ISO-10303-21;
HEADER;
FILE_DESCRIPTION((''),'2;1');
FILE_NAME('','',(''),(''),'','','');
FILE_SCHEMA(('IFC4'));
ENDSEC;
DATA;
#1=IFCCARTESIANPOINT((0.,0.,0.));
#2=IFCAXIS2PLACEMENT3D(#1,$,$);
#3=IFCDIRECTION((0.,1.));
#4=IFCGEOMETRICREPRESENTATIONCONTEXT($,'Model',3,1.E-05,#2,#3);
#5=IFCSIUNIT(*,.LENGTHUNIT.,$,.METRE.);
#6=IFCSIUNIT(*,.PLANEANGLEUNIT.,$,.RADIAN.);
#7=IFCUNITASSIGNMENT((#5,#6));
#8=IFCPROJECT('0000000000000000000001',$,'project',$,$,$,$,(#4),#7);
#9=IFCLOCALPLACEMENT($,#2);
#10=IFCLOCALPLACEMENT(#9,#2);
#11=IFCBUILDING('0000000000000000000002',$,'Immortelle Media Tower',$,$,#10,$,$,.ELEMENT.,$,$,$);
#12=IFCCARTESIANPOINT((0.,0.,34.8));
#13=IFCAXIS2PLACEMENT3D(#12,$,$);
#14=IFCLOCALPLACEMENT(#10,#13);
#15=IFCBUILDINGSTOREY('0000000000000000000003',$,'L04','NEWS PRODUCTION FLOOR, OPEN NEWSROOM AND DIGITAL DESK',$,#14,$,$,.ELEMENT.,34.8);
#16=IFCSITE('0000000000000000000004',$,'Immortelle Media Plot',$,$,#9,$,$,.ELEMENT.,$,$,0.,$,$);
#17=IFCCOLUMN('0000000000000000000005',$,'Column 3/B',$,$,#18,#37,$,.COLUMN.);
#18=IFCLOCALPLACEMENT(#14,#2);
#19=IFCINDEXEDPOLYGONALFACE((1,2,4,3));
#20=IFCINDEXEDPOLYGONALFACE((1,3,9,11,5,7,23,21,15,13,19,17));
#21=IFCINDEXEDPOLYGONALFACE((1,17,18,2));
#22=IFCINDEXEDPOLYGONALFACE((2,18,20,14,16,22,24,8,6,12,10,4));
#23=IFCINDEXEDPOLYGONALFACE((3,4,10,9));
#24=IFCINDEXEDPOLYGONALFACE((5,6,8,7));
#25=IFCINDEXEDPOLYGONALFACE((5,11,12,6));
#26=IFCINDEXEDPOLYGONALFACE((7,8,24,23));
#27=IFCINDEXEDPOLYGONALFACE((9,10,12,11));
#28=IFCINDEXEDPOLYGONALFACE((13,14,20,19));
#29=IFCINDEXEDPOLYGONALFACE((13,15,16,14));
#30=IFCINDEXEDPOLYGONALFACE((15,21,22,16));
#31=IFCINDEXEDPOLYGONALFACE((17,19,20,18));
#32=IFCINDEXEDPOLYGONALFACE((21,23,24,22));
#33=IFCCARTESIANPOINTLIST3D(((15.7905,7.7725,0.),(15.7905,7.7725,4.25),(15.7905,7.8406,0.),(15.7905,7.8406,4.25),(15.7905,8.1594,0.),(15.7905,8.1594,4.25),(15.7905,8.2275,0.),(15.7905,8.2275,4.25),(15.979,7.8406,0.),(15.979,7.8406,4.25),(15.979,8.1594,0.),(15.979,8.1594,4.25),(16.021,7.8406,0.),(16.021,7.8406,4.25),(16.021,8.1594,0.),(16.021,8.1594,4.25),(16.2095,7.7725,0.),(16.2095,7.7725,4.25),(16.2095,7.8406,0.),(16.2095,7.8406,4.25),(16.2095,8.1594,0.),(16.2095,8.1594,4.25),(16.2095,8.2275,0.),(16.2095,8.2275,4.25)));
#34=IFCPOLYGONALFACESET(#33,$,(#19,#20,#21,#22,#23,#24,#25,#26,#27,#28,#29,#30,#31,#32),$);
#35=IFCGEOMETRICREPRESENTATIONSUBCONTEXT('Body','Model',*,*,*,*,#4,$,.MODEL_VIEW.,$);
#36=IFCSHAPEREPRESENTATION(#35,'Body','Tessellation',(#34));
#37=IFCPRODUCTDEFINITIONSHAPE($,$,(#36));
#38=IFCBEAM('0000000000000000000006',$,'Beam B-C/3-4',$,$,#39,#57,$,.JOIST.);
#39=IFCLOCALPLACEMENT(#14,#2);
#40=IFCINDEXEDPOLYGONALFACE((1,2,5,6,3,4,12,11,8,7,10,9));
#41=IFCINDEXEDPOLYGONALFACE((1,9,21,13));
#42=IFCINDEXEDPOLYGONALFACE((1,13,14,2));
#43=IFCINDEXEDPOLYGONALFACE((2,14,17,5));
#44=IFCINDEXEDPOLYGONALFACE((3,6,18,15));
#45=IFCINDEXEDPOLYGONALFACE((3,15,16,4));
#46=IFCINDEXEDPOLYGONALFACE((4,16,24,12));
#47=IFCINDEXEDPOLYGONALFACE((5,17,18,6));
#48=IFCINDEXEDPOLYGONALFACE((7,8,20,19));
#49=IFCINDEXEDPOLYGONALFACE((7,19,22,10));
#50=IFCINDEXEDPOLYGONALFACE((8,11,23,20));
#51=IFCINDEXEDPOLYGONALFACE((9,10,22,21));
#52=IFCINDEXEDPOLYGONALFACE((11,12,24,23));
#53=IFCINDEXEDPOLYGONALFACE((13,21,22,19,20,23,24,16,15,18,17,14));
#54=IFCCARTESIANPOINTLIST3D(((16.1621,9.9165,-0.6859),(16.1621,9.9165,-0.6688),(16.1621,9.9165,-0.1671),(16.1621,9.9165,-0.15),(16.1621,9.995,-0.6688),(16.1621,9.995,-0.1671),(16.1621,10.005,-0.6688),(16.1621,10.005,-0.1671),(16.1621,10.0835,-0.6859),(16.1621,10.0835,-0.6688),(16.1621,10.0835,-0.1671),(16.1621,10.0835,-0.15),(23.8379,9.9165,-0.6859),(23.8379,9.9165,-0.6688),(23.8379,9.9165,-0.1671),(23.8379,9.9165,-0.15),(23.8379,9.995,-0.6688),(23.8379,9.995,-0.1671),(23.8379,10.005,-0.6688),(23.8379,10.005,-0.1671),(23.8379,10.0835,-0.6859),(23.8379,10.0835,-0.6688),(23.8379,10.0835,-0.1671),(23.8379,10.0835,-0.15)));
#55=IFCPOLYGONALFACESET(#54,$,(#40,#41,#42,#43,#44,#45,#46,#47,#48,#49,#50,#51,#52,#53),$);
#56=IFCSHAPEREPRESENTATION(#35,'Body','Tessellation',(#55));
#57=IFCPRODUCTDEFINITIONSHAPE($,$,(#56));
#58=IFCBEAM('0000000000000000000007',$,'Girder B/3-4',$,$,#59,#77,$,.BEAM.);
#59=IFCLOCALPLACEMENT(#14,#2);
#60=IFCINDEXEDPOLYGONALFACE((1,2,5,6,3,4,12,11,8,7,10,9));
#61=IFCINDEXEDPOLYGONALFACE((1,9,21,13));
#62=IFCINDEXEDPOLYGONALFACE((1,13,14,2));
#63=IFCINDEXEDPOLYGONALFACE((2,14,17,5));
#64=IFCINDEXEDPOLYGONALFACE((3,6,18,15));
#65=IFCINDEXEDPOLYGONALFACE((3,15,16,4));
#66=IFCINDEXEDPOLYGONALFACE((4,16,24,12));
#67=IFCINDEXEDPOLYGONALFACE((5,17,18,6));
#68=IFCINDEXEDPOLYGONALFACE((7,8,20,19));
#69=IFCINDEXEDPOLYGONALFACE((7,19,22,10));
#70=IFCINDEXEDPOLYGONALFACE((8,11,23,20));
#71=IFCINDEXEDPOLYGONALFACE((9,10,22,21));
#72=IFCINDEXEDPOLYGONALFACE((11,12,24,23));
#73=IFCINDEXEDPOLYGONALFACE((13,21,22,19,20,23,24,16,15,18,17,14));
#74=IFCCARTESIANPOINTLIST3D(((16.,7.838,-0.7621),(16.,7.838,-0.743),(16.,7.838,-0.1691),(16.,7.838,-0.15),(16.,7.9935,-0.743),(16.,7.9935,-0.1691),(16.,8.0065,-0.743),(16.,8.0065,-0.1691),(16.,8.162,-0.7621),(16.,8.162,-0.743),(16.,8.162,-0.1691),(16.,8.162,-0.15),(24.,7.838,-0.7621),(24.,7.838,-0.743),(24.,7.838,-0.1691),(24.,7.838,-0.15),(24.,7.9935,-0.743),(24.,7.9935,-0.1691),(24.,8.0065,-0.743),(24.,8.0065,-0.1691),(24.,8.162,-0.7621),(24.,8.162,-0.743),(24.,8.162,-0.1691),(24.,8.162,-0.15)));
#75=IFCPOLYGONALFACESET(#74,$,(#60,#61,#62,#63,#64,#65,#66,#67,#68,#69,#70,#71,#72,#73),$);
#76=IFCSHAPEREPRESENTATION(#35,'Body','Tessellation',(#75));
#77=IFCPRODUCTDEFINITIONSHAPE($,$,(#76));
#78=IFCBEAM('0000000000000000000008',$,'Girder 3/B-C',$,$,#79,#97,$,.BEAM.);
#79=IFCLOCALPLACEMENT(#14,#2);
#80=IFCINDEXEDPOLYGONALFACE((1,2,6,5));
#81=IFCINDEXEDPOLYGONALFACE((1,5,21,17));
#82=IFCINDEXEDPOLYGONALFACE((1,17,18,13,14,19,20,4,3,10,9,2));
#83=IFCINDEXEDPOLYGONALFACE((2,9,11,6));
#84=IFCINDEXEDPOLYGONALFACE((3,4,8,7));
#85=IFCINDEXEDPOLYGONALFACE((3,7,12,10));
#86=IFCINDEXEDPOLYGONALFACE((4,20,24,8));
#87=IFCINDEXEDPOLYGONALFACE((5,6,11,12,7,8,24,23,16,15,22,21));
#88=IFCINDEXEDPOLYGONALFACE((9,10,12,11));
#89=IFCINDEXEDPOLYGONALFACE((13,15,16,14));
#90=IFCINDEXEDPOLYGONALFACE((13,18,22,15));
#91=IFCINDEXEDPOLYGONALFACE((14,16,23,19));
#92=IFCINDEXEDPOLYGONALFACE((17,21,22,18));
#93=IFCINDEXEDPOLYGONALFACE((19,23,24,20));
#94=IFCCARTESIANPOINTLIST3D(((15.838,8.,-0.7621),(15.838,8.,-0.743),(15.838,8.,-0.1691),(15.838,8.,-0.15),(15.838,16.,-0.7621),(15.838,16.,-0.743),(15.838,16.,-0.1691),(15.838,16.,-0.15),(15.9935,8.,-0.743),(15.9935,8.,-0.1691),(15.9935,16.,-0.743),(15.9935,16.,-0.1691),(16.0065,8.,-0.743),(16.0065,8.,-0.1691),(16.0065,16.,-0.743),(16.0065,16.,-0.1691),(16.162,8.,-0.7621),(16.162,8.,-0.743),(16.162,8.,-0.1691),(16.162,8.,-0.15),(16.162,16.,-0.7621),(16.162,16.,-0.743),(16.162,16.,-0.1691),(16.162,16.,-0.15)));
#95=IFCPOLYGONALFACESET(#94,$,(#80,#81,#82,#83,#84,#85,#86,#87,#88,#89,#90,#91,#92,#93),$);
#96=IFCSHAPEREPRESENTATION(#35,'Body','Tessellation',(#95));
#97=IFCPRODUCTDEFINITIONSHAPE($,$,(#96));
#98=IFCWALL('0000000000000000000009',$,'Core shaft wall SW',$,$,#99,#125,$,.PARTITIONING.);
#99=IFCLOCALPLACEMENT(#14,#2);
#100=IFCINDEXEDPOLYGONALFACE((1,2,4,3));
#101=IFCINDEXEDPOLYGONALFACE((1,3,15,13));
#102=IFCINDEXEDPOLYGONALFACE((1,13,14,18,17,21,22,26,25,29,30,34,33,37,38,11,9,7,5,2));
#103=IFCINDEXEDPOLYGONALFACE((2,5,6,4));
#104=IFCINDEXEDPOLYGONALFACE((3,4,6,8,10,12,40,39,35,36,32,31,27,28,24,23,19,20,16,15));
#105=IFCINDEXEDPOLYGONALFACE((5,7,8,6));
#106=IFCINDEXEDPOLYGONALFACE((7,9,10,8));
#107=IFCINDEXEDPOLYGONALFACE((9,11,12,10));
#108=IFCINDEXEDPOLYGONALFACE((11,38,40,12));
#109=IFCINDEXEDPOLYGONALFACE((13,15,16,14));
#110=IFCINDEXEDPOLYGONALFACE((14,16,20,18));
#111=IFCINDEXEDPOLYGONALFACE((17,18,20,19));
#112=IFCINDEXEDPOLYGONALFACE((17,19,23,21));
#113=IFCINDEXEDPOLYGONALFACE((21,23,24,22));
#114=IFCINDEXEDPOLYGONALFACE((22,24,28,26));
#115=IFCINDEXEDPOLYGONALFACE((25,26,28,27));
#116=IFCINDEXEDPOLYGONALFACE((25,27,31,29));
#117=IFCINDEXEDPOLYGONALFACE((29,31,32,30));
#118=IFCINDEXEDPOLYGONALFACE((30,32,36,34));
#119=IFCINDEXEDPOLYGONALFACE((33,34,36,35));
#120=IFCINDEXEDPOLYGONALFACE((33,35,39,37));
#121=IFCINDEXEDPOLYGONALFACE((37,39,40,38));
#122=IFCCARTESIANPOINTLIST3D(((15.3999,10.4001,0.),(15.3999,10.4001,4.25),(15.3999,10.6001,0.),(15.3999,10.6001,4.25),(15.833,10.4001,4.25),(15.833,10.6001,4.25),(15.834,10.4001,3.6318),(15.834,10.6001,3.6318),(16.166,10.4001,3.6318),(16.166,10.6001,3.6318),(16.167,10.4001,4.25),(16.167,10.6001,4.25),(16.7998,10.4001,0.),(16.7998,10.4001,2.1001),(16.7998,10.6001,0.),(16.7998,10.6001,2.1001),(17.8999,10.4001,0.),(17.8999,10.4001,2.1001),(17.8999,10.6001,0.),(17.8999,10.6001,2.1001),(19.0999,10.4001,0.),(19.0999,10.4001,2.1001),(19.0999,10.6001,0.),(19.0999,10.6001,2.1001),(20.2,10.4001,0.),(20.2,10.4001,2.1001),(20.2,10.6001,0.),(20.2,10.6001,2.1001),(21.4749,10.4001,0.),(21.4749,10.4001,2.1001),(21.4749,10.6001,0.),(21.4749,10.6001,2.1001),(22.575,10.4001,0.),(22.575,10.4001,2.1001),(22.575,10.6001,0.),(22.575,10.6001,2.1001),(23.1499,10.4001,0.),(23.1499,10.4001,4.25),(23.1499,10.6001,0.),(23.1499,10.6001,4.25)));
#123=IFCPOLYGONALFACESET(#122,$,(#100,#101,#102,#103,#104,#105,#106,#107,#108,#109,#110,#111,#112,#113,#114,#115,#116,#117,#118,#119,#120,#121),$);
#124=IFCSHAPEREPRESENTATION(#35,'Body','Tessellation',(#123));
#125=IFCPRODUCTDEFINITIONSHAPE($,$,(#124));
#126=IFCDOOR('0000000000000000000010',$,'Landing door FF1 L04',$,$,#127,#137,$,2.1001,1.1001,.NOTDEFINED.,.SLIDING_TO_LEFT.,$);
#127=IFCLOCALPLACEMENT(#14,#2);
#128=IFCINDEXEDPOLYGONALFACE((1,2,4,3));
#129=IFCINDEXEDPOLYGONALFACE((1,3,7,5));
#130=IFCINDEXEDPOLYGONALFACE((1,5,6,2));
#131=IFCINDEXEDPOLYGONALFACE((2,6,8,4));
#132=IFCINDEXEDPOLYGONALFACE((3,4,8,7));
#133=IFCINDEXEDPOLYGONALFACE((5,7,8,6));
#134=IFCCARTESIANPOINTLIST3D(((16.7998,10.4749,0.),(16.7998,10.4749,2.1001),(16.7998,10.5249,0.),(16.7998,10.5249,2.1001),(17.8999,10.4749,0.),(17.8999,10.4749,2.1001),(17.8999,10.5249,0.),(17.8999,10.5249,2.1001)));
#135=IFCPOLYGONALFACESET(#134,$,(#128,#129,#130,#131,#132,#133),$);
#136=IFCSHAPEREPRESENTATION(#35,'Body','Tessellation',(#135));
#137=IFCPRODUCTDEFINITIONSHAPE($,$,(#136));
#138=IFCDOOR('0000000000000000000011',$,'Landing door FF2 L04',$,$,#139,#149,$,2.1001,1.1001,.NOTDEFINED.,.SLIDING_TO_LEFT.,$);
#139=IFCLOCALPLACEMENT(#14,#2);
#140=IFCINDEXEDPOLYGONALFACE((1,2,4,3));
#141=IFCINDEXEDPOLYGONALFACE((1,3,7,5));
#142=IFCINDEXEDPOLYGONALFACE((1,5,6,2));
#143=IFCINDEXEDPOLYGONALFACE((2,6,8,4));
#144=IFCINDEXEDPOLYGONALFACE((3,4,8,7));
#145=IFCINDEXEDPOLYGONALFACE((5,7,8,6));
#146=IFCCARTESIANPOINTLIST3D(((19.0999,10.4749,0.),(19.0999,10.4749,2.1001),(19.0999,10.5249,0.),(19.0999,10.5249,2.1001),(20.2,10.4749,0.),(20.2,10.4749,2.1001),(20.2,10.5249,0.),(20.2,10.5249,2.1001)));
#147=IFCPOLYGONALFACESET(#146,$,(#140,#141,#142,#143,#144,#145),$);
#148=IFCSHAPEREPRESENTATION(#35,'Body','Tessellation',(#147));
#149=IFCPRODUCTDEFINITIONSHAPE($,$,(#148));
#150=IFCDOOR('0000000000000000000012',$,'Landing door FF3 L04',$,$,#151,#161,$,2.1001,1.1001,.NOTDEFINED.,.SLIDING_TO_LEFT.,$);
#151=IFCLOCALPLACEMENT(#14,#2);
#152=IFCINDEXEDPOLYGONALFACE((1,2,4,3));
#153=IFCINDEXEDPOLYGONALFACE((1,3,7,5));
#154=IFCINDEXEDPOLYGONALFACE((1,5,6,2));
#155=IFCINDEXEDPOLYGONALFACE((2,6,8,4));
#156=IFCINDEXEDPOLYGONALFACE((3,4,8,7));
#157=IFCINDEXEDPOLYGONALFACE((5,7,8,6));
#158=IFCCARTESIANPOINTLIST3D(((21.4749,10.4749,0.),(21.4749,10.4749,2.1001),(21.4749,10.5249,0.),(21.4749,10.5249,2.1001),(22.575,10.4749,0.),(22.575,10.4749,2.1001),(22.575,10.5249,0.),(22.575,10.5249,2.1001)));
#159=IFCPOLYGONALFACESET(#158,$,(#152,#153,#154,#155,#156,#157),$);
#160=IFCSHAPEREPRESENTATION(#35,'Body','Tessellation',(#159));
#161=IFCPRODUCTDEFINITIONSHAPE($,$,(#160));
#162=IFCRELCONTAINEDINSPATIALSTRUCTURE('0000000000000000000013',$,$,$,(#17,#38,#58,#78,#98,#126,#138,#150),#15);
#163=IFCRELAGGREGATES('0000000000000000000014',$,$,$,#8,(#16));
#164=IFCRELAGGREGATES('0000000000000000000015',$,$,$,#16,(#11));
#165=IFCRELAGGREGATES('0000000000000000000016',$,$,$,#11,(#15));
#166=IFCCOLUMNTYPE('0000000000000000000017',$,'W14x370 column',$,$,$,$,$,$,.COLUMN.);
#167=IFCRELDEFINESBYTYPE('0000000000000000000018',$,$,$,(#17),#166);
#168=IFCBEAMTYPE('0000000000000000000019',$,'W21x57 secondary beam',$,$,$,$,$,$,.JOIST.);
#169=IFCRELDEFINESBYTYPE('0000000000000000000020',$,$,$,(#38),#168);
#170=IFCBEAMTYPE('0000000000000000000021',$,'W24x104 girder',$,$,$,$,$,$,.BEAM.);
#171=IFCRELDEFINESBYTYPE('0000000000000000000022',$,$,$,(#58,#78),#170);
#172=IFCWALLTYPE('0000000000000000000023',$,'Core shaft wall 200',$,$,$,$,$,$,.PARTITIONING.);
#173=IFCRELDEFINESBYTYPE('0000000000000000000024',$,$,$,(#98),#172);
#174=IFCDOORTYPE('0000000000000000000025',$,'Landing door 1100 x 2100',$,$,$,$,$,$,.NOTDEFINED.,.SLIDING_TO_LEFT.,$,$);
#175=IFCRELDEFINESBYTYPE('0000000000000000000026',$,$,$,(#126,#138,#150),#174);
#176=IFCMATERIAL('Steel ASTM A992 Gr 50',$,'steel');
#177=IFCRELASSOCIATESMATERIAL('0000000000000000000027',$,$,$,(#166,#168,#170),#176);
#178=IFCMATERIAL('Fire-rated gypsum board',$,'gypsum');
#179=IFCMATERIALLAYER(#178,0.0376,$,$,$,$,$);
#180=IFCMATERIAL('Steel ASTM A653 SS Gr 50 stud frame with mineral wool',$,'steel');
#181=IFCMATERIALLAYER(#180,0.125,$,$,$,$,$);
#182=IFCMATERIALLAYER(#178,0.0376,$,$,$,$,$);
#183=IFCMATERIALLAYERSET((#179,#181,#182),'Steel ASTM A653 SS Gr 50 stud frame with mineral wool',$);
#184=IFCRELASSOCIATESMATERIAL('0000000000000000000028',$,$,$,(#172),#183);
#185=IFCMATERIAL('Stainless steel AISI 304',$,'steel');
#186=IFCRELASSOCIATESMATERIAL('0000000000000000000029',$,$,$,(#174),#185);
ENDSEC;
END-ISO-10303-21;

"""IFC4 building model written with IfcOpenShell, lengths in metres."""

from ifc_helpers import new_model, si_unit, direction, frame, frame_2d, origin, origin_2d, place, context, subcontext, project, spatial, polyline, rectangle, i_section, outline, extrude, material, layer, layer_set, material_profile, profile_set, type_object, element, fill, save


model = new_model("IFC4")

# Units and contexts
model_context = context("Model", 3, precision=1e-05, world=origin(), true_north=direction((0.0, 1.0)))
body_context = subcontext(model_context, "Body", "Model", "MODEL_VIEW")
ifc_project = project(units=[si_unit("LENGTHUNIT", "METRE"), si_unit("PLANEANGLEUNIT", "RADIAN")], contexts=[model_context])

# Site, building, storey
site_placement = place(None, origin())
site = spatial("IfcSite", under=ifc_project, at=site_placement, Name="Immortelle Media Plot", CompositionType="ELEMENT", RefElevation=0.0)
building_placement = place(site_placement, origin())
building = spatial("IfcBuilding", under=site, at=building_placement, Name="Immortelle Media Tower", CompositionType="ELEMENT")
storey_placement = place(building_placement, frame((0.0, 0.0, 34.8)))
storey = spatial("IfcBuildingStorey", under=building, at=storey_placement, Name="L04", Description="NEWS PRODUCTION FLOOR, OPEN NEWSROOM AND DIGITAL DESK", CompositionType="ELEMENT", Elevation=34.8)

# Column
ifc_material_1 = material(Name="Steel ASTM A992 Gr 50", Category="steel")
ifc_material_profile_1 = material_profile(ifc_material_1, i_section(OverallWidth=0.4189, OverallDepth=0.4551, WebThickness=0.042, FlangeThickness=0.0681, at=origin_2d()), Name="W14x370")
ifc_profile_set_1 = profile_set([ifc_material_profile_1], Name="Steel ASTM A992 Gr 50")
column_type = type_object("IfcColumnType", Name="W14x370 column", PredefinedType="COLUMN", material=ifc_profile_set_1)
column_placement = place(storey_placement, frame((16.0, 8.0, 0.0), z_axis=(0.0, 0.0, 1.0), x_axis=(1.0, 0.0, 0.0)))
element("IfcColumn", 1, at=column_placement, inside=storey, type_object=column_type, Name="Column 3/B", PredefinedType="COLUMN", context=body_context, shape_type="SweptSolid", body=[
    extrude(i_section(OverallWidth=0.4189, OverallDepth=0.4551, WebThickness=0.042, FlangeThickness=0.0681, at=origin_2d()), origin(), (0.0, 0.0, 1.0), 4.25),
])

# Beams
ifc_material_profile_2 = material_profile(ifc_material_1, i_section(OverallWidth=0.167, OverallDepth=0.5359, WebThickness=0.01, FlangeThickness=0.0171, at=origin_2d()), Name="W21x57")
ifc_profile_set_2 = profile_set([ifc_material_profile_2], Name="Steel ASTM A992 Gr 50")
beam_type_1 = type_object("IfcBeamType", Name="W21x57 secondary beam", PredefinedType="JOIST", material=ifc_profile_set_2)
beam_placement = place(storey_placement, frame((16.1621, 10.0, -0.418), z_axis=(1.0, 0.0, 0.0), x_axis=(0.0, 1.0, 0.0)))
element("IfcBeam", 2, at=beam_placement, inside=storey, type_object=beam_type_1, Name="Beam B-C/3-4", PredefinedType="JOIST", context=body_context, shape_type="SweptSolid", body=[
    extrude(i_section(OverallWidth=0.167, OverallDepth=0.5359, WebThickness=0.01, FlangeThickness=0.0171, at=origin_2d()), origin(), (0.0, 0.0, 1.0), 7.6758),
])
ifc_material_profile_3 = material_profile(ifc_material_1, i_section(OverallWidth=0.324, OverallDepth=0.6121, WebThickness=0.0129, FlangeThickness=0.019, at=origin_2d()), Name="W24x104")
ifc_profile_set_3 = profile_set([ifc_material_profile_3], Name="Steel ASTM A992 Gr 50")
beam_type_2 = type_object("IfcBeamType", Name="W24x104 girder", PredefinedType="BEAM", material=ifc_profile_set_3)
for number, where, z_axis, x_axis, name in (
    (3, (16.0, 8.0, -0.4561), (1.0, 0.0, 0.0), (0.0, 1.0, 0.0), "Girder B/3-4"),
    (4, (16.0, 8.0, -0.4561), (0.0, 1.0, 0.0), (-1.0, 0.0, 0.0), "Girder 3/B-C"),
):
    element("IfcBeam", number, at=place(storey_placement, frame(where, z_axis=z_axis, x_axis=x_axis)), inside=storey, type_object=beam_type_2, Name=name, PredefinedType="BEAM", context=body_context, shape_type="SweptSolid", body=[
        extrude(i_section(OverallWidth=0.324, OverallDepth=0.6121, WebThickness=0.0129, FlangeThickness=0.019, at=origin_2d()), origin(), (0.0, 0.0, 1.0), 8.0),
    ])

# Wall, openings, doors
ifc_material_2 = material(Name="Fire-rated gypsum board", Category="gypsum")
ifc_layer_1 = layer(ifc_material_2, 0.0376)
ifc_material_3 = material(Name="Steel ASTM A653 SS Gr 50 stud frame with mineral wool", Category="steel")
ifc_layer_2 = layer(ifc_material_3, 0.125)
ifc_layer_3 = layer(ifc_material_2, 0.0376)
ifc_layer_set_1 = layer_set([ifc_layer_1, ifc_layer_2, ifc_layer_3], Name="Steel ASTM A653 SS Gr 50 stud frame with mineral wool")
wall_type_1 = type_object("IfcWallType", Name="Core shaft wall 200", PredefinedType="PARTITIONING", material=ifc_layer_set_1)
wall_1_placement = place(storey_placement, frame((15.3999, 10.5, 0.0), z_axis=(0.0, 0.0, 1.0), x_axis=(1.0, 0.0, 0.0)))
wall_1 = element("IfcWall", 5, at=wall_1_placement, inside=storey, type_object=wall_type_1, Name="Core shaft wall SW", PredefinedType="PARTITIONING", context=body_context, shape_type="SweptSolid", body=[
    extrude(outline(polyline([(0.0, 0.0), (7.75, 0.0), (7.75, 4.25), (0.7671, 4.25), (0.7661, 3.6318), (0.4341, 3.6318), (0.4331, 4.25), (0.0, 4.25), (0.0, 0.0)])), frame((0.0, 0.1001, 0.0), z_axis=(0.0, -1.0, 0.0), x_axis=(1.0, 0.0, 0.0)), (0.0, 0.0, 1.0), 0.2),
])
opening_1_placement = place(wall_1_placement, frame((1.3999, 0.0, 0.0)))
opening_1 = element("IfcOpeningElement", 6, at=opening_1_placement, cuts=wall_1, PredefinedType="OPENING", context=body_context, shape_type="SweptSolid", body=[
    extrude(rectangle(XDim=1.1001, YDim=2.1001, at=frame_2d((0.55, 1.05))), frame((0.0, 0.1099, 0.0), z_axis=(0.0, -1.0, 0.0), x_axis=(1.0, 0.0, 0.0)), (0.0, 0.0, 1.0), 0.22),
])
opening_2_placement = place(wall_1_placement, frame((3.7, 0.0, 0.0)))
opening_2 = element("IfcOpeningElement", 7, at=opening_2_placement, cuts=wall_1, PredefinedType="OPENING", context=body_context, shape_type="SweptSolid", body=[
    extrude(rectangle(XDim=1.1001, YDim=2.1001, at=frame_2d((0.55, 1.05))), frame((0.0, 0.1099, 0.0), z_axis=(0.0, -1.0, 0.0), x_axis=(1.0, 0.0, 0.0)), (0.0, 0.0, 1.0), 0.22),
])
opening_3_placement = place(wall_1_placement, frame((6.075, 0.0, 0.0)))
opening_3 = element("IfcOpeningElement", 8, at=opening_3_placement, cuts=wall_1, PredefinedType="OPENING", context=body_context, shape_type="SweptSolid", body=[
    extrude(rectangle(XDim=1.1001, YDim=2.1001, at=frame_2d((0.55, 1.05))), frame((0.0, 0.1099, 0.0), z_axis=(0.0, -1.0, 0.0), x_axis=(1.0, 0.0, 0.0)), (0.0, 0.0, 1.0), 0.22),
])
ifc_material_4 = material(Name="Stainless steel AISI 304", Category="steel")
door_type_1 = type_object("IfcDoorType", Name="Landing door 1100 x 2100", OperationType="SLIDING_TO_LEFT", PredefinedType="NOTDEFINED", material=ifc_material_4)
door_1_placement = place(opening_1_placement, origin())
door_1 = element("IfcDoor", 9, at=door_1_placement, inside=storey, type_object=door_type_1, Name="Landing door FF1 L04", OperationType="SLIDING_TO_LEFT", OverallHeight=2.1001, OverallWidth=1.1001, PredefinedType="NOTDEFINED", context=body_context, shape_type="SweptSolid", body=[
    extrude(rectangle(XDim=1.1001, YDim=2.1001, at=frame_2d((0.55, 1.05))), frame((0.0, 0.0249, 0.0), z_axis=(0.0, -1.0, 0.0), x_axis=(1.0, 0.0, 0.0)), (0.0, 0.0, 1.0), 0.05),
])
fill(opening_1, door_1)
door_2_placement = place(opening_2_placement, origin())
door_2 = element("IfcDoor", 10, at=door_2_placement, inside=storey, type_object=door_type_1, Name="Landing door FF2 L04", OperationType="SLIDING_TO_LEFT", OverallHeight=2.1001, OverallWidth=1.1001, PredefinedType="NOTDEFINED", context=body_context, shape_type="SweptSolid", body=[
    extrude(rectangle(XDim=1.1001, YDim=2.1001, at=frame_2d((0.55, 1.05))), frame((0.0, 0.0249, 0.0), z_axis=(0.0, -1.0, 0.0), x_axis=(1.0, 0.0, 0.0)), (0.0, 0.0, 1.0), 0.05),
])
fill(opening_2, door_2)
door_3_placement = place(opening_3_placement, origin())
door_3 = element("IfcDoor", 11, at=door_3_placement, inside=storey, type_object=door_type_1, Name="Landing door FF3 L04", OperationType="SLIDING_TO_LEFT", OverallHeight=2.1001, OverallWidth=1.1001, PredefinedType="NOTDEFINED", context=body_context, shape_type="SweptSolid", body=[
    extrude(rectangle(XDim=1.1001, YDim=2.1001, at=frame_2d((0.55, 1.05))), frame((0.0, 0.0249, 0.0), z_axis=(0.0, -1.0, 0.0), x_axis=(1.0, 0.0, 0.0)), (0.0, 0.0, 1.0), 0.05),
])
fill(opening_3, door_3)

save(model, "model.ifc")
